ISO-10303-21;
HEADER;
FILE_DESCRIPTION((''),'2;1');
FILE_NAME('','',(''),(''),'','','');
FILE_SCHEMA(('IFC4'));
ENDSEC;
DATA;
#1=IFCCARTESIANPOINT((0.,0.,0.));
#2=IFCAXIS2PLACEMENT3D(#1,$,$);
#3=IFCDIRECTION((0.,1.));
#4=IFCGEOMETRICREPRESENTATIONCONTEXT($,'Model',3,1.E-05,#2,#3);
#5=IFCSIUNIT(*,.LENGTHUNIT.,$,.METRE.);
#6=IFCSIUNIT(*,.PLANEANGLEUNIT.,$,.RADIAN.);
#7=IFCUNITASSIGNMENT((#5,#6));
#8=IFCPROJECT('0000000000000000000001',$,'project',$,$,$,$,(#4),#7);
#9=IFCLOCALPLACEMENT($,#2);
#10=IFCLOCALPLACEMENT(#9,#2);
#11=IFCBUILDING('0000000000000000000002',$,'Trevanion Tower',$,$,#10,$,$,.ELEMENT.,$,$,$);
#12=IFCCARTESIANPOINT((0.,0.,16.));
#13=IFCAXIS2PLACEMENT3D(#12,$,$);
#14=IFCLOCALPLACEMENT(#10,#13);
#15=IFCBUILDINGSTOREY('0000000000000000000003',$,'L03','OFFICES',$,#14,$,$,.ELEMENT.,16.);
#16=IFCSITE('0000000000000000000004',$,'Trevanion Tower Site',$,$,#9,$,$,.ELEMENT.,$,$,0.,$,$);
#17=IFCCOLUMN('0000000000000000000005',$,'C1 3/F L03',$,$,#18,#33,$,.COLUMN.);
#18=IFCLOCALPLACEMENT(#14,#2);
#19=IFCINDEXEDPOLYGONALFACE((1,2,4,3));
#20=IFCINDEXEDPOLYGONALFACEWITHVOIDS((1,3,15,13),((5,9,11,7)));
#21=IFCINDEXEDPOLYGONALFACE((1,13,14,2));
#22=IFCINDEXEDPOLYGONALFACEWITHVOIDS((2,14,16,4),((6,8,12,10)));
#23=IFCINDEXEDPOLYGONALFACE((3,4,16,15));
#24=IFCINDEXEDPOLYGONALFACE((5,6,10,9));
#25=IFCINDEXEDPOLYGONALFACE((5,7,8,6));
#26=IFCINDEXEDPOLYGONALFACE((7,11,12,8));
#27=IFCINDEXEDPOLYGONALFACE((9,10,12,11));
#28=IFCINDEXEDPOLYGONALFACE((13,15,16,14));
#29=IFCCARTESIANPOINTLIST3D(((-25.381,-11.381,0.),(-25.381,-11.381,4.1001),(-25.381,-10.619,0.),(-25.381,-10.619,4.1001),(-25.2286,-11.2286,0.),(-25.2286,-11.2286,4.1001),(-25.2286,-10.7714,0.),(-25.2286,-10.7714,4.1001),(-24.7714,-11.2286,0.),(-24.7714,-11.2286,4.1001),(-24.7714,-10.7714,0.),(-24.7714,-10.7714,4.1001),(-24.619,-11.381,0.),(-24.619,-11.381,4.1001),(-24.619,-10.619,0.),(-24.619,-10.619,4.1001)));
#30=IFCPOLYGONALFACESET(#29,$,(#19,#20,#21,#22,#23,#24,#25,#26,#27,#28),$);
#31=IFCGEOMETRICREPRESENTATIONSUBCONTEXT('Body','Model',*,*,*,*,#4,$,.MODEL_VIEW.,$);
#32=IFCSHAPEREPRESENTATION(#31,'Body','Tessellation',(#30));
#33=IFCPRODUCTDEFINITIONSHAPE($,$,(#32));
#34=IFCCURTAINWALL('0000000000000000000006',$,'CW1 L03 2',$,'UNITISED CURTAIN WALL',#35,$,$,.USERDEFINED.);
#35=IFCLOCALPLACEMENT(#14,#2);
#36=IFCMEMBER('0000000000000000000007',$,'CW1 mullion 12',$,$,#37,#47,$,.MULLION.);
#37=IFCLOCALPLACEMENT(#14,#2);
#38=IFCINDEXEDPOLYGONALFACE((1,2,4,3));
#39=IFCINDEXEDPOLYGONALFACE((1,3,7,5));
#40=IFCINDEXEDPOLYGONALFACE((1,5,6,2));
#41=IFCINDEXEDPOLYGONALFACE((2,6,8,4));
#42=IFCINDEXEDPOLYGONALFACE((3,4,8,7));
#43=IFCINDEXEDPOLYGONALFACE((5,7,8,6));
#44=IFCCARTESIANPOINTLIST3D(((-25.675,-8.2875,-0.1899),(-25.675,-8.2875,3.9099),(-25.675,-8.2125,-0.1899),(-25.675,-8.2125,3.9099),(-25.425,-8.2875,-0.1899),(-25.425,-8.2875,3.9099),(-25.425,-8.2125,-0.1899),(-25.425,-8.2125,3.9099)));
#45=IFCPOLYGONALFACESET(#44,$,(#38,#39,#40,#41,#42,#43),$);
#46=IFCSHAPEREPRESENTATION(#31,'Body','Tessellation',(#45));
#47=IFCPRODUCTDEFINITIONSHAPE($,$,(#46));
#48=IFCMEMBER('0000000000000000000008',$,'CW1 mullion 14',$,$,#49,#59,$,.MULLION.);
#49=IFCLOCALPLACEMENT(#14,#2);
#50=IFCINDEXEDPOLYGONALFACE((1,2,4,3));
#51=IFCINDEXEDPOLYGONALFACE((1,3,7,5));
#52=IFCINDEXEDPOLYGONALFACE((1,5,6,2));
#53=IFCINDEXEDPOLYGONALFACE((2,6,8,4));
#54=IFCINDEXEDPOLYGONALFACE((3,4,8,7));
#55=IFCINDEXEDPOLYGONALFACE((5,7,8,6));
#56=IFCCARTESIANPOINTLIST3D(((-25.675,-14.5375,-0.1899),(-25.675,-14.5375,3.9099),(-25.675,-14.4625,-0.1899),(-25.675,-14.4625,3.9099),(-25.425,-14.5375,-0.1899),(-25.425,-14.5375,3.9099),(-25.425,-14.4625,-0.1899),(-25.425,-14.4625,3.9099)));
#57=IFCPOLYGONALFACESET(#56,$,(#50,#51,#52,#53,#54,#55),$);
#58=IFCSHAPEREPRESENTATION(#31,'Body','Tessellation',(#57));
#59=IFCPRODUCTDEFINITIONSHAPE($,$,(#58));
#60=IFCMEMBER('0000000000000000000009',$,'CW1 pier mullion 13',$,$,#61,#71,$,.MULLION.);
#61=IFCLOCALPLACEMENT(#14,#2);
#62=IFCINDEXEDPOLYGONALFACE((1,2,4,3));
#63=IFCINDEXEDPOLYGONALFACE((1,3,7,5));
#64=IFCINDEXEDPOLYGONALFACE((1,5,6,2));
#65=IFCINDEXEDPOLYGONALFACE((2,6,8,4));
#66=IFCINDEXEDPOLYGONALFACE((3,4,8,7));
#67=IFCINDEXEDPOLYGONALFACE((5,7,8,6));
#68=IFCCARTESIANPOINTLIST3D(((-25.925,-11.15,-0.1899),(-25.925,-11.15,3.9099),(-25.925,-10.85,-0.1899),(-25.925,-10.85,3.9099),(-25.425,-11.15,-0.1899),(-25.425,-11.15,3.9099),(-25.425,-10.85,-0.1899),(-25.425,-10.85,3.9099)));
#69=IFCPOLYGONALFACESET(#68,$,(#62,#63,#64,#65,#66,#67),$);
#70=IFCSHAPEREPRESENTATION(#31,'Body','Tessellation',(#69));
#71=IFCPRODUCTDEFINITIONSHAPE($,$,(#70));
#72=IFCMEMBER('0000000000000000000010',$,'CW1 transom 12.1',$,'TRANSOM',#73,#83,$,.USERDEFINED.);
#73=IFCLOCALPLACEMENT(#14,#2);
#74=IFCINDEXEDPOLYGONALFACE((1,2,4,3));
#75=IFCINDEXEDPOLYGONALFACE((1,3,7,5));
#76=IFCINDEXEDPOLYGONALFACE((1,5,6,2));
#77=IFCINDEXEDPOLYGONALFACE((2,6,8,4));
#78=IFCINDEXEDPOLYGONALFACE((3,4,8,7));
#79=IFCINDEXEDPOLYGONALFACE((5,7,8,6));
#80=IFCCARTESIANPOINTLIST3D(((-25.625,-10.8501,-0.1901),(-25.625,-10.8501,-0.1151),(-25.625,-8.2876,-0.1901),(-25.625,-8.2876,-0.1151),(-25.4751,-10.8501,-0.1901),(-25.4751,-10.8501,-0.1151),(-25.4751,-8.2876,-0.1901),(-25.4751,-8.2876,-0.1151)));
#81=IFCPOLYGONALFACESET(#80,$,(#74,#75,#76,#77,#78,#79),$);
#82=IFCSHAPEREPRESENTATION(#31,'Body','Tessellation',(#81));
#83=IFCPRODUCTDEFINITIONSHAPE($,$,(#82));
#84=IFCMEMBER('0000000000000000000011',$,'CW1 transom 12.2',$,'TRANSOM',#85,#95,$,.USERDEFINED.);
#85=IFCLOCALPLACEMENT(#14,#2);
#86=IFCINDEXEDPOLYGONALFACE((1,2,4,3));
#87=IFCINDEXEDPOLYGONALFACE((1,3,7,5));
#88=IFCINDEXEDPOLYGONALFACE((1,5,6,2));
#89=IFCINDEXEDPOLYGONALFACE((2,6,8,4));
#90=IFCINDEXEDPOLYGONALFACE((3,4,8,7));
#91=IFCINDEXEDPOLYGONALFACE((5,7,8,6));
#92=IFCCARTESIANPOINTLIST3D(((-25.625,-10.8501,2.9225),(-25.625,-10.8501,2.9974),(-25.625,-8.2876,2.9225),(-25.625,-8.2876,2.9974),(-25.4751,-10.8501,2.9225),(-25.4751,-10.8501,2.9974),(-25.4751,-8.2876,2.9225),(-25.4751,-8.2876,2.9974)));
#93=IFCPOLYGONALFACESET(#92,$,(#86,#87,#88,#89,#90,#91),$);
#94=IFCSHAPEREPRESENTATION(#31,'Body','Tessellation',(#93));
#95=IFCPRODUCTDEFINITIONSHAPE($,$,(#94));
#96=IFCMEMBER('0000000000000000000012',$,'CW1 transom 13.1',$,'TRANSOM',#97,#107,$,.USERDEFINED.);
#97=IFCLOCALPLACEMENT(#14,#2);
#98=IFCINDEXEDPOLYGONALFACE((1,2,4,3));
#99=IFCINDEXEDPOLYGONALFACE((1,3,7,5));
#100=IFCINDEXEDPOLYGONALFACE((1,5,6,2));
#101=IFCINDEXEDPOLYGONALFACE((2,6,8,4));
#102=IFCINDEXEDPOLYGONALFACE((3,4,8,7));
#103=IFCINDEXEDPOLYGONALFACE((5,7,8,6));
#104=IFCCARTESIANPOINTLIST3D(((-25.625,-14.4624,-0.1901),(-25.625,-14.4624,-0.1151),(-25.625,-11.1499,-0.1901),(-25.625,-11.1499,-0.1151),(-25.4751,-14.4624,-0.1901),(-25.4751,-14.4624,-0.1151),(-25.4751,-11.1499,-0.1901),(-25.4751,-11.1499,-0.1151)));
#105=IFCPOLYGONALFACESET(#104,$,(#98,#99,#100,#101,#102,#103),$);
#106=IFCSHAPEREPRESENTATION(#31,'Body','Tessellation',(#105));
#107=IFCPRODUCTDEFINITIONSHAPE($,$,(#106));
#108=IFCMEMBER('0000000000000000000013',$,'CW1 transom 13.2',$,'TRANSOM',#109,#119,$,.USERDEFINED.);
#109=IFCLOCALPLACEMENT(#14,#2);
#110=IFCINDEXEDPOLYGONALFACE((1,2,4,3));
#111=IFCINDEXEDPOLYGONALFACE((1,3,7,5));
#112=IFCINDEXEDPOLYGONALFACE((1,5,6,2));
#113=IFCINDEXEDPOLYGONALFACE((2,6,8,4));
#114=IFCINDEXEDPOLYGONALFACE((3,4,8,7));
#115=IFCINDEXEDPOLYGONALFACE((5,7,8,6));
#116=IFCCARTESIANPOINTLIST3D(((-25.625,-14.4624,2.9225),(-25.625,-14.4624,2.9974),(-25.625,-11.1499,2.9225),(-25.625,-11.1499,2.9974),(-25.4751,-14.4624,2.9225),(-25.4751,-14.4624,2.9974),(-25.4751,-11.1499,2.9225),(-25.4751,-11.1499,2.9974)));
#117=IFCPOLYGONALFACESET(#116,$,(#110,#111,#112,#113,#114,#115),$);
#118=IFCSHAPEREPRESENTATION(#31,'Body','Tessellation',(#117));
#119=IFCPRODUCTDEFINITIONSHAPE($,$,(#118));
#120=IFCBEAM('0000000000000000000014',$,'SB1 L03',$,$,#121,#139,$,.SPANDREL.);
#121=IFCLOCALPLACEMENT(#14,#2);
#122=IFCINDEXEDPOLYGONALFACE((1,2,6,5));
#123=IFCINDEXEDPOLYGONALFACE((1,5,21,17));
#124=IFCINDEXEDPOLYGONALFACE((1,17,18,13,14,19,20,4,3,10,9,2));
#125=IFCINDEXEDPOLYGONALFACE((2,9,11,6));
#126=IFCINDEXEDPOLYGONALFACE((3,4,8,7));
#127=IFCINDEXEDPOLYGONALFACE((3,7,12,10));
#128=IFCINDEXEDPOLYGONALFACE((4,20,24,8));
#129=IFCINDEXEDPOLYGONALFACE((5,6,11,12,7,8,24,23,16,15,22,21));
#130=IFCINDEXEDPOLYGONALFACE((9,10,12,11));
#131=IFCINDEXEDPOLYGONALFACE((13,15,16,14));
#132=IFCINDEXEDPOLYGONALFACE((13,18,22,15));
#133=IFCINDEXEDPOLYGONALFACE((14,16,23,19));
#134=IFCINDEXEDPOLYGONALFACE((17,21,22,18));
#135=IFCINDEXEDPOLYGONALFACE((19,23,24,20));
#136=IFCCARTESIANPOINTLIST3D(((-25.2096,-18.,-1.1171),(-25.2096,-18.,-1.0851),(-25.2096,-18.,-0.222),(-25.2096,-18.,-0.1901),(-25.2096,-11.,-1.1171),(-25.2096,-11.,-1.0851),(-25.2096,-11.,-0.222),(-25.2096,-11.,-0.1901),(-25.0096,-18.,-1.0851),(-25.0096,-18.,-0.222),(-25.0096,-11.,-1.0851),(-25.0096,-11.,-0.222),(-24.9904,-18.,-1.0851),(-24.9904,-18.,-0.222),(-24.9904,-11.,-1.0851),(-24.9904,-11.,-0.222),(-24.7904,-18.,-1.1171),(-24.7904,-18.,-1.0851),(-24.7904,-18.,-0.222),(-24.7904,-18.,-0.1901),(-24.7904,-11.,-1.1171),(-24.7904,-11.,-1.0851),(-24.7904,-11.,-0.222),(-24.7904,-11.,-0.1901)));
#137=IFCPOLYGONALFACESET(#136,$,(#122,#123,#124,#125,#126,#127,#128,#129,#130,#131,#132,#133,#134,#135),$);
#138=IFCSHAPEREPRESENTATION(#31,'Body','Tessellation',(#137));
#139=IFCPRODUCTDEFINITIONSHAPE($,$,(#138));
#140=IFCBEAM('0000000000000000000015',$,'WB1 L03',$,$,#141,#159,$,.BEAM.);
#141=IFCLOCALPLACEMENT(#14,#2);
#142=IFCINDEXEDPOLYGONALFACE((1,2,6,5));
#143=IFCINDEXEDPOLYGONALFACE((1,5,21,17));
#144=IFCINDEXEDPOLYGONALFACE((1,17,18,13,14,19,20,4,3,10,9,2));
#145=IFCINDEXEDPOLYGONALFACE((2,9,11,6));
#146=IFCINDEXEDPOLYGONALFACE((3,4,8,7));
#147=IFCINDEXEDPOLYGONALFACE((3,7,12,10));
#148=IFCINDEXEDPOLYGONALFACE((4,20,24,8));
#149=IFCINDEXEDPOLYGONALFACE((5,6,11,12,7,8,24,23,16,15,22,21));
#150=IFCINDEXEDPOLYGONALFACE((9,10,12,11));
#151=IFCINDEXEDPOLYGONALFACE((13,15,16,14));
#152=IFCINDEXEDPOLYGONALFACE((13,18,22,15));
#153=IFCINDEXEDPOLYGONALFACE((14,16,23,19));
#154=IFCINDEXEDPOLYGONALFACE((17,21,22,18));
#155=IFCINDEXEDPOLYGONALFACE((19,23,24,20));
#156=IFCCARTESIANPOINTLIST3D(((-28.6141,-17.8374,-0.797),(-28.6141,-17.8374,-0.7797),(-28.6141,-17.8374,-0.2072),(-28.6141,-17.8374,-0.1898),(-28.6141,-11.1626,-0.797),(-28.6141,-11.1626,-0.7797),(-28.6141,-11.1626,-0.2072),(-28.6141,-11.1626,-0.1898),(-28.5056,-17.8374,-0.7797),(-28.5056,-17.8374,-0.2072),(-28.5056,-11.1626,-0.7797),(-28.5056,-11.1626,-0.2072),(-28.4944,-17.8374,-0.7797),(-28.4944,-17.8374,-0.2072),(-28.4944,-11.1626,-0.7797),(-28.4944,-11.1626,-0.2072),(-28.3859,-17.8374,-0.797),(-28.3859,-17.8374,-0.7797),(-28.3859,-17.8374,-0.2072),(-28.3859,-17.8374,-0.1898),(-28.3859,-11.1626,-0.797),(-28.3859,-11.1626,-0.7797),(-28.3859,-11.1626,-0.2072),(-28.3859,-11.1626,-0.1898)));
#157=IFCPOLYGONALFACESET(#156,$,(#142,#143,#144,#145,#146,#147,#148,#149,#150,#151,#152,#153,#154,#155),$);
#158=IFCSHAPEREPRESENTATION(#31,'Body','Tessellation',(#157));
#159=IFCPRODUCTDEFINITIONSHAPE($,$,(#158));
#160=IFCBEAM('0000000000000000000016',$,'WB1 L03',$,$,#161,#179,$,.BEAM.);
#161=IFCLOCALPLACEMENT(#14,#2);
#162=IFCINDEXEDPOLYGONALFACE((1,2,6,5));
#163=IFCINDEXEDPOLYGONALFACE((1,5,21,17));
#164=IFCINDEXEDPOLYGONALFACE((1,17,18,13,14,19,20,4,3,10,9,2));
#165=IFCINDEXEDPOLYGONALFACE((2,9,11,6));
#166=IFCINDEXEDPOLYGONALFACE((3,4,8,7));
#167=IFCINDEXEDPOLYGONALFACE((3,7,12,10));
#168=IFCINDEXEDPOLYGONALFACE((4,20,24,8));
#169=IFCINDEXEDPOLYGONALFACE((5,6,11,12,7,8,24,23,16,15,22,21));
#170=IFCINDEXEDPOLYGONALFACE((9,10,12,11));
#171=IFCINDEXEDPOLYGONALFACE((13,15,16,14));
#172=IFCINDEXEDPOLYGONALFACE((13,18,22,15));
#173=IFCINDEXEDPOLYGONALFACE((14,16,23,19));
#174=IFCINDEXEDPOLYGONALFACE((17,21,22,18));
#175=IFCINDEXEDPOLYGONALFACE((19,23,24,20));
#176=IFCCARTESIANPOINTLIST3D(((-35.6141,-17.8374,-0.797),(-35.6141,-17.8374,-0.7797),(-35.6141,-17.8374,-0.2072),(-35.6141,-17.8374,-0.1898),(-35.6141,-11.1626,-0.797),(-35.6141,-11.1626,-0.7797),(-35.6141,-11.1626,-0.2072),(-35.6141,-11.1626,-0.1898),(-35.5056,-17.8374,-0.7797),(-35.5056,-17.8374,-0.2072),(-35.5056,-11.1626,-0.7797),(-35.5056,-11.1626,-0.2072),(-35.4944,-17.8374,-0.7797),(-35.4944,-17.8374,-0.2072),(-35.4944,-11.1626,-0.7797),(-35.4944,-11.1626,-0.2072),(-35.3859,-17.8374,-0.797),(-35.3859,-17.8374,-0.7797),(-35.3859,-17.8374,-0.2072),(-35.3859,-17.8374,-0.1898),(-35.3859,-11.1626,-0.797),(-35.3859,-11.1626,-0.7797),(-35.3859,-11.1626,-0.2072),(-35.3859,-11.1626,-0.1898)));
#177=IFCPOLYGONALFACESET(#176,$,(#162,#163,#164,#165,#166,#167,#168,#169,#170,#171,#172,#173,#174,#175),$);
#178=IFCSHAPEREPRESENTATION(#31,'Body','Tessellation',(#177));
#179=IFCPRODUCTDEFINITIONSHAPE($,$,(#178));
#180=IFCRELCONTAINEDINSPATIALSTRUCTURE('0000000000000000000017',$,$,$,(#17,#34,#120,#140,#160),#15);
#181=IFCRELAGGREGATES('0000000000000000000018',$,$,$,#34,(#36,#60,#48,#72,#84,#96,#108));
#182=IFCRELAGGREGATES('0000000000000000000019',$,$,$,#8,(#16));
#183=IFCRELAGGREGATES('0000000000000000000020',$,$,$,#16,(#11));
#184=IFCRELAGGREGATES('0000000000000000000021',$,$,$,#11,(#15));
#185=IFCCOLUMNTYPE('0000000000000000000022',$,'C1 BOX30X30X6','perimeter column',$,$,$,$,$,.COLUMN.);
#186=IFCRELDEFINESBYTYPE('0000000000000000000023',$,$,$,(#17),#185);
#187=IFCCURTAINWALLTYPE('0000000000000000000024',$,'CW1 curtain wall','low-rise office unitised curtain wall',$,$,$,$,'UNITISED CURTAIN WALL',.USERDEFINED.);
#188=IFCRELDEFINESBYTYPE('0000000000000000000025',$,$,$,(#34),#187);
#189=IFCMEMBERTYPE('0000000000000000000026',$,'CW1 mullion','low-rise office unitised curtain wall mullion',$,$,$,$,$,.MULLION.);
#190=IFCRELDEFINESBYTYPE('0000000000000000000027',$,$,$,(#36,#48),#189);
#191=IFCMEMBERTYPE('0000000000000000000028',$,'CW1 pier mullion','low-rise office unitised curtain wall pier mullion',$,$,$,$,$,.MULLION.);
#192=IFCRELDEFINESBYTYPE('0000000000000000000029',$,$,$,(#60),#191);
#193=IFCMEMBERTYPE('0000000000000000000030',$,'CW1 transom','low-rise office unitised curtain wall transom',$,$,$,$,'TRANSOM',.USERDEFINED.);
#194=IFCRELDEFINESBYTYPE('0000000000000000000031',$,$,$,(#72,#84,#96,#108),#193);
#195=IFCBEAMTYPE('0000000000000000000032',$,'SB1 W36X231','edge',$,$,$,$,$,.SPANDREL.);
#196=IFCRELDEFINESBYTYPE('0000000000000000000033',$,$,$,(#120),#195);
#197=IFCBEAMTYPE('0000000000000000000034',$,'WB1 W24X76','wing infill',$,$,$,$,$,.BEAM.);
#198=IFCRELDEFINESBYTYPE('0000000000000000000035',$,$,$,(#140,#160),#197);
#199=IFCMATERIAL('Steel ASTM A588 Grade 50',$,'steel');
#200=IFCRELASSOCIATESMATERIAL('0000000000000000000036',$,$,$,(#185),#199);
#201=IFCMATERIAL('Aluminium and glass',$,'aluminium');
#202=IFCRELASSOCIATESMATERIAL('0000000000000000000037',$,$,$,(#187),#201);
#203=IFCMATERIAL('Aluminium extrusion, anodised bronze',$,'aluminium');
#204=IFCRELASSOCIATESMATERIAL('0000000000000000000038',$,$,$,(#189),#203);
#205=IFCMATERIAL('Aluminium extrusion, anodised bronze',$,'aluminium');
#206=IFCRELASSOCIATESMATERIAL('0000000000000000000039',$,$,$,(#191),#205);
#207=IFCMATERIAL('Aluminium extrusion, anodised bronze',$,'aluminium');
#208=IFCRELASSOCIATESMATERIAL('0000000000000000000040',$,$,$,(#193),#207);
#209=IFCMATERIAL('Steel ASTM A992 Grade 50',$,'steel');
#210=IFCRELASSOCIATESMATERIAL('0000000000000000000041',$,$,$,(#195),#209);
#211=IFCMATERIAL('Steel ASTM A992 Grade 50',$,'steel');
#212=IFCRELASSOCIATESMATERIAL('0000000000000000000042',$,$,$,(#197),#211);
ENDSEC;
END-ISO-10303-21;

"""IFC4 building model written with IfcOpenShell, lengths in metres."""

from ifc_helpers import new_model, si_unit, direction, frame, origin, origin_2d, place, context, subcontext, project, spatial, rectangle, hollow_rectangle, i_section, extrude, material, material_profile, profile_set, type_object, element, aggregate, save


model = new_model("IFC4")

# Units and contexts
model_context = context("Model", 3, precision=1e-05, world=origin(), true_north=direction((0.0, 1.0)))
body_context = subcontext(model_context, "Body", "Model", "MODEL_VIEW")
ifc_project = project(units=[si_unit("LENGTHUNIT", "METRE"), si_unit("PLANEANGLEUNIT", "RADIAN")], contexts=[model_context])

# Site, building, storey
site_placement = place(None, origin())
site = spatial("IfcSite", under=ifc_project, at=site_placement, Name="Trevanion Tower Site", CompositionType="ELEMENT", RefElevation=0.0)
building_placement = place(site_placement, origin())
building = spatial("IfcBuilding", under=site, at=building_placement, Name="Trevanion Tower", CompositionType="ELEMENT")
storey_placement = place(building_placement, frame((0.0, 0.0, 16.0)))
storey = spatial("IfcBuildingStorey", under=building, at=storey_placement, Name="L03", Description="OFFICES", CompositionType="ELEMENT", Elevation=16.0)

# Column
ifc_material_1 = material(Name="Steel ASTM A588 Grade 50", Category="steel")
ifc_material_profile_1 = material_profile(ifc_material_1, hollow_rectangle(XDim=0.762, YDim=0.762, WallThickness=0.1523, at=origin_2d()), Name="BOX30X30X6")
ifc_profile_set_1 = profile_set([ifc_material_profile_1], Name="Steel ASTM A588 Grade 50")
column_type = type_object("IfcColumnType", Name="C1 BOX30X30X6", Description="perimeter column", PredefinedType="COLUMN", material=ifc_profile_set_1)
column_placement = place(storey_placement, frame((-25.0, -11.0, 0.0), z_axis=(0.0, 0.0, 1.0), x_axis=(0.0, 1.0, 0.0)))
element("IfcColumn", 1, at=column_placement, inside=storey, type_object=column_type, Name="C1 3/F L03", PredefinedType="COLUMN", context=body_context, shape_type="SweptSolid", body=[
    extrude(hollow_rectangle(XDim=0.762, YDim=0.762, WallThickness=0.1523, at=origin_2d()), origin(), (0.0, 0.0, 1.0), 4.1001),
])

# Curtain wall, members
ifc_material_2 = material(Name="Aluminium and glass", Category="aluminium")
curtain_wall_type = type_object("IfcCurtainWallType", Name="CW1 curtain wall", Description="low-rise office unitised curtain wall", ElementType="UNITISED CURTAIN WALL", PredefinedType="USERDEFINED", material=ifc_material_2)
curtain_wall_placement = place(storey_placement, origin())
curtain_wall = element("IfcCurtainWall", 2, at=curtain_wall_placement, inside=storey, type_object=curtain_wall_type, Name="CW1 L03 2", ObjectType="UNITISED CURTAIN WALL", PredefinedType="USERDEFINED")
ifc_material_3 = material(Name="Aluminium extrusion, anodised bronze", Category="aluminium")
ifc_material_profile_2 = material_profile(ifc_material_3, rectangle(XDim=0.075, YDim=0.25, at=origin_2d()), Name="CW1 mullion")
ifc_profile_set_2 = profile_set([ifc_material_profile_2], Name="Aluminium extrusion, anodised bronze")
member_type_1 = type_object("IfcMemberType", Name="CW1 mullion", Description="low-rise office unitised curtain wall mullion", PredefinedType="MULLION", material=ifc_profile_set_2)
member_1_placement = place(storey_placement, frame((-25.55, -8.25, -0.1899), z_axis=(0.0, 0.0, 1.0), x_axis=(0.0, -1.0, 0.0)))
member_1 = element("IfcMember", 3, at=member_1_placement, type_object=member_type_1, Name="CW1 mullion 12", PredefinedType="MULLION", context=body_context, shape_type="SweptSolid", body=[
    extrude(rectangle(XDim=0.075, YDim=0.25, at=origin_2d()), origin(), (0.0, 0.0, 1.0), 4.0999),
])
member_2_placement = place(storey_placement, frame((-25.55, -14.5, -0.1899), z_axis=(0.0, 0.0, 1.0), x_axis=(0.0, -1.0, 0.0)))
member_2 = element("IfcMember", 4, at=member_2_placement, type_object=member_type_1, Name="CW1 mullion 14", PredefinedType="MULLION", context=body_context, shape_type="SweptSolid", body=[
    extrude(rectangle(XDim=0.075, YDim=0.25, at=origin_2d()), origin(), (0.0, 0.0, 1.0), 4.0999),
])
ifc_material_4 = material(Name="Aluminium extrusion, anodised bronze", Category="aluminium")
ifc_material_profile_3 = material_profile(ifc_material_4, rectangle(XDim=0.3, YDim=0.5, at=origin_2d()), Name="CW1 pier mullion")
ifc_profile_set_3 = profile_set([ifc_material_profile_3], Name="Aluminium extrusion, anodised bronze")
member_type_2 = type_object("IfcMemberType", Name="CW1 pier mullion", Description="low-rise office unitised curtain wall pier mullion", PredefinedType="MULLION", material=ifc_profile_set_3)
member_3_placement = place(storey_placement, frame((-25.675, -11.0, -0.1899), z_axis=(0.0, 0.0, 1.0), x_axis=(0.0, -1.0, 0.0)))
member_3 = element("IfcMember", 5, at=member_3_placement, type_object=member_type_2, Name="CW1 pier mullion 13", PredefinedType="MULLION", context=body_context, shape_type="SweptSolid", body=[
    extrude(rectangle(XDim=0.3, YDim=0.5, at=origin_2d()), origin(), (0.0, 0.0, 1.0), 4.0999),
])
ifc_material_5 = material(Name="Aluminium extrusion, anodised bronze", Category="aluminium")
ifc_material_profile_4 = material_profile(ifc_material_5, rectangle(XDim=0.1499, YDim=0.075, at=origin_2d()), Name="CW1 transom")
ifc_profile_set_4 = profile_set([ifc_material_profile_4], Name="Aluminium extrusion, anodised bronze")
member_type_3 = type_object("IfcMemberType", Name="CW1 transom", Description="low-rise office unitised curtain wall transom", ElementType="TRANSOM", PredefinedType="USERDEFINED", material=ifc_profile_set_4)
member_4_placement = place(storey_placement, frame((-25.55, -8.2876, -0.1526), z_axis=(0.0, -1.0, 0.0), x_axis=(1.0, 0.0, 0.0)))
member_4 = element("IfcMember", 6, at=member_4_placement, type_object=member_type_3, Name="CW1 transom 12.1", ObjectType="TRANSOM", PredefinedType="USERDEFINED", context=body_context, shape_type="SweptSolid", body=[
    extrude(rectangle(XDim=0.1499, YDim=0.075, at=origin_2d()), origin(), (0.0, 0.0, 1.0), 2.5625),
])
member_5_placement = place(storey_placement, frame((-25.55, -8.2876, 2.96), z_axis=(0.0, -1.0, 0.0), x_axis=(1.0, 0.0, 0.0)))
member_5 = element("IfcMember", 7, at=member_5_placement, type_object=member_type_3, Name="CW1 transom 12.2", ObjectType="TRANSOM", PredefinedType="USERDEFINED", context=body_context, shape_type="SweptSolid", body=[
    extrude(rectangle(XDim=0.1499, YDim=0.075, at=origin_2d()), origin(), (0.0, 0.0, 1.0), 2.5625),
])
member_6_placement = place(storey_placement, frame((-25.55, -11.1499, -0.1526), z_axis=(0.0, -1.0, 0.0), x_axis=(1.0, 0.0, 0.0)))
member_6 = element("IfcMember", 8, at=member_6_placement, type_object=member_type_3, Name="CW1 transom 13.1", ObjectType="TRANSOM", PredefinedType="USERDEFINED", context=body_context, shape_type="SweptSolid", body=[
    extrude(rectangle(XDim=0.1499, YDim=0.075, at=origin_2d()), origin(), (0.0, 0.0, 1.0), 3.3125),
])
member_7_placement = place(storey_placement, frame((-25.55, -11.1499, 2.96), z_axis=(0.0, -1.0, 0.0), x_axis=(1.0, 0.0, 0.0)))
member_7 = element("IfcMember", 9, at=member_7_placement, type_object=member_type_3, Name="CW1 transom 13.2", ObjectType="TRANSOM", PredefinedType="USERDEFINED", context=body_context, shape_type="SweptSolid", body=[
    extrude(rectangle(XDim=0.1499, YDim=0.075, at=origin_2d()), origin(), (0.0, 0.0, 1.0), 3.3125),
])

# Beams
ifc_material_6 = material(Name="Steel ASTM A992 Grade 50", Category="steel")
ifc_material_profile_5 = material_profile(ifc_material_6, i_section(OverallWidth=0.4192, OverallDepth=0.927, WebThickness=0.0193, FlangeThickness=0.032, at=origin_2d()), Name="W36X231")
ifc_profile_set_5 = profile_set([ifc_material_profile_5], Name="Steel ASTM A992 Grade 50")
beam_type_1 = type_object("IfcBeamType", Name="SB1 W36X231", Description="edge", PredefinedType="SPANDREL", material=ifc_profile_set_5)
beam_1_placement = place(storey_placement, frame((-25.0, -11.0, -0.6536), z_axis=(0.0, -1.0, 0.0), x_axis=(1.0, 0.0, 0.0)))
element("IfcBeam", 10, at=beam_1_placement, inside=storey, type_object=beam_type_1, Name="SB1 L03", PredefinedType="SPANDREL", context=body_context, shape_type="SweptSolid", body=[
    extrude(i_section(OverallWidth=0.4192, OverallDepth=0.927, WebThickness=0.0193, FlangeThickness=0.032, at=origin_2d()), origin(), (0.0, 0.0, 1.0), 7.0),
])
ifc_material_7 = material(Name="Steel ASTM A992 Grade 50", Category="steel")
ifc_material_profile_6 = material_profile(ifc_material_7, i_section(OverallWidth=0.2283, OverallDepth=0.6072, WebThickness=0.0112, FlangeThickness=0.0173, at=origin_2d()), Name="W24X76")
ifc_profile_set_6 = profile_set([ifc_material_profile_6], Name="Steel ASTM A992 Grade 50")
beam_type_2 = type_object("IfcBeamType", Name="WB1 W24X76", Description="wing infill", PredefinedType="BEAM", material=ifc_profile_set_6)
for number, where, z_axis, x_axis, name in (
    (11, (-28.5, -11.1626, -0.4934), (0.0, -1.0, 0.0), (1.0, 0.0, 0.0), "WB1 L03"),
    (12, (-35.5, -11.1626, -0.4934), (0.0, -1.0, 0.0), (1.0, 0.0, 0.0), "WB1 L03"),
):
    element("IfcBeam", number, at=place(storey_placement, frame(where, z_axis=z_axis, x_axis=x_axis)), inside=storey, type_object=beam_type_2, Name=name, PredefinedType="BEAM", context=body_context, shape_type="SweptSolid", body=[
        extrude(i_section(OverallWidth=0.2283, OverallDepth=0.6072, WebThickness=0.0112, FlangeThickness=0.0173, at=origin_2d()), origin(), (0.0, 0.0, 1.0), 6.6748),
    ])

aggregate(curtain_wall, [member_1, member_3, member_2, member_4, member_5, member_6, member_7])

save(model, "model.ifc")
